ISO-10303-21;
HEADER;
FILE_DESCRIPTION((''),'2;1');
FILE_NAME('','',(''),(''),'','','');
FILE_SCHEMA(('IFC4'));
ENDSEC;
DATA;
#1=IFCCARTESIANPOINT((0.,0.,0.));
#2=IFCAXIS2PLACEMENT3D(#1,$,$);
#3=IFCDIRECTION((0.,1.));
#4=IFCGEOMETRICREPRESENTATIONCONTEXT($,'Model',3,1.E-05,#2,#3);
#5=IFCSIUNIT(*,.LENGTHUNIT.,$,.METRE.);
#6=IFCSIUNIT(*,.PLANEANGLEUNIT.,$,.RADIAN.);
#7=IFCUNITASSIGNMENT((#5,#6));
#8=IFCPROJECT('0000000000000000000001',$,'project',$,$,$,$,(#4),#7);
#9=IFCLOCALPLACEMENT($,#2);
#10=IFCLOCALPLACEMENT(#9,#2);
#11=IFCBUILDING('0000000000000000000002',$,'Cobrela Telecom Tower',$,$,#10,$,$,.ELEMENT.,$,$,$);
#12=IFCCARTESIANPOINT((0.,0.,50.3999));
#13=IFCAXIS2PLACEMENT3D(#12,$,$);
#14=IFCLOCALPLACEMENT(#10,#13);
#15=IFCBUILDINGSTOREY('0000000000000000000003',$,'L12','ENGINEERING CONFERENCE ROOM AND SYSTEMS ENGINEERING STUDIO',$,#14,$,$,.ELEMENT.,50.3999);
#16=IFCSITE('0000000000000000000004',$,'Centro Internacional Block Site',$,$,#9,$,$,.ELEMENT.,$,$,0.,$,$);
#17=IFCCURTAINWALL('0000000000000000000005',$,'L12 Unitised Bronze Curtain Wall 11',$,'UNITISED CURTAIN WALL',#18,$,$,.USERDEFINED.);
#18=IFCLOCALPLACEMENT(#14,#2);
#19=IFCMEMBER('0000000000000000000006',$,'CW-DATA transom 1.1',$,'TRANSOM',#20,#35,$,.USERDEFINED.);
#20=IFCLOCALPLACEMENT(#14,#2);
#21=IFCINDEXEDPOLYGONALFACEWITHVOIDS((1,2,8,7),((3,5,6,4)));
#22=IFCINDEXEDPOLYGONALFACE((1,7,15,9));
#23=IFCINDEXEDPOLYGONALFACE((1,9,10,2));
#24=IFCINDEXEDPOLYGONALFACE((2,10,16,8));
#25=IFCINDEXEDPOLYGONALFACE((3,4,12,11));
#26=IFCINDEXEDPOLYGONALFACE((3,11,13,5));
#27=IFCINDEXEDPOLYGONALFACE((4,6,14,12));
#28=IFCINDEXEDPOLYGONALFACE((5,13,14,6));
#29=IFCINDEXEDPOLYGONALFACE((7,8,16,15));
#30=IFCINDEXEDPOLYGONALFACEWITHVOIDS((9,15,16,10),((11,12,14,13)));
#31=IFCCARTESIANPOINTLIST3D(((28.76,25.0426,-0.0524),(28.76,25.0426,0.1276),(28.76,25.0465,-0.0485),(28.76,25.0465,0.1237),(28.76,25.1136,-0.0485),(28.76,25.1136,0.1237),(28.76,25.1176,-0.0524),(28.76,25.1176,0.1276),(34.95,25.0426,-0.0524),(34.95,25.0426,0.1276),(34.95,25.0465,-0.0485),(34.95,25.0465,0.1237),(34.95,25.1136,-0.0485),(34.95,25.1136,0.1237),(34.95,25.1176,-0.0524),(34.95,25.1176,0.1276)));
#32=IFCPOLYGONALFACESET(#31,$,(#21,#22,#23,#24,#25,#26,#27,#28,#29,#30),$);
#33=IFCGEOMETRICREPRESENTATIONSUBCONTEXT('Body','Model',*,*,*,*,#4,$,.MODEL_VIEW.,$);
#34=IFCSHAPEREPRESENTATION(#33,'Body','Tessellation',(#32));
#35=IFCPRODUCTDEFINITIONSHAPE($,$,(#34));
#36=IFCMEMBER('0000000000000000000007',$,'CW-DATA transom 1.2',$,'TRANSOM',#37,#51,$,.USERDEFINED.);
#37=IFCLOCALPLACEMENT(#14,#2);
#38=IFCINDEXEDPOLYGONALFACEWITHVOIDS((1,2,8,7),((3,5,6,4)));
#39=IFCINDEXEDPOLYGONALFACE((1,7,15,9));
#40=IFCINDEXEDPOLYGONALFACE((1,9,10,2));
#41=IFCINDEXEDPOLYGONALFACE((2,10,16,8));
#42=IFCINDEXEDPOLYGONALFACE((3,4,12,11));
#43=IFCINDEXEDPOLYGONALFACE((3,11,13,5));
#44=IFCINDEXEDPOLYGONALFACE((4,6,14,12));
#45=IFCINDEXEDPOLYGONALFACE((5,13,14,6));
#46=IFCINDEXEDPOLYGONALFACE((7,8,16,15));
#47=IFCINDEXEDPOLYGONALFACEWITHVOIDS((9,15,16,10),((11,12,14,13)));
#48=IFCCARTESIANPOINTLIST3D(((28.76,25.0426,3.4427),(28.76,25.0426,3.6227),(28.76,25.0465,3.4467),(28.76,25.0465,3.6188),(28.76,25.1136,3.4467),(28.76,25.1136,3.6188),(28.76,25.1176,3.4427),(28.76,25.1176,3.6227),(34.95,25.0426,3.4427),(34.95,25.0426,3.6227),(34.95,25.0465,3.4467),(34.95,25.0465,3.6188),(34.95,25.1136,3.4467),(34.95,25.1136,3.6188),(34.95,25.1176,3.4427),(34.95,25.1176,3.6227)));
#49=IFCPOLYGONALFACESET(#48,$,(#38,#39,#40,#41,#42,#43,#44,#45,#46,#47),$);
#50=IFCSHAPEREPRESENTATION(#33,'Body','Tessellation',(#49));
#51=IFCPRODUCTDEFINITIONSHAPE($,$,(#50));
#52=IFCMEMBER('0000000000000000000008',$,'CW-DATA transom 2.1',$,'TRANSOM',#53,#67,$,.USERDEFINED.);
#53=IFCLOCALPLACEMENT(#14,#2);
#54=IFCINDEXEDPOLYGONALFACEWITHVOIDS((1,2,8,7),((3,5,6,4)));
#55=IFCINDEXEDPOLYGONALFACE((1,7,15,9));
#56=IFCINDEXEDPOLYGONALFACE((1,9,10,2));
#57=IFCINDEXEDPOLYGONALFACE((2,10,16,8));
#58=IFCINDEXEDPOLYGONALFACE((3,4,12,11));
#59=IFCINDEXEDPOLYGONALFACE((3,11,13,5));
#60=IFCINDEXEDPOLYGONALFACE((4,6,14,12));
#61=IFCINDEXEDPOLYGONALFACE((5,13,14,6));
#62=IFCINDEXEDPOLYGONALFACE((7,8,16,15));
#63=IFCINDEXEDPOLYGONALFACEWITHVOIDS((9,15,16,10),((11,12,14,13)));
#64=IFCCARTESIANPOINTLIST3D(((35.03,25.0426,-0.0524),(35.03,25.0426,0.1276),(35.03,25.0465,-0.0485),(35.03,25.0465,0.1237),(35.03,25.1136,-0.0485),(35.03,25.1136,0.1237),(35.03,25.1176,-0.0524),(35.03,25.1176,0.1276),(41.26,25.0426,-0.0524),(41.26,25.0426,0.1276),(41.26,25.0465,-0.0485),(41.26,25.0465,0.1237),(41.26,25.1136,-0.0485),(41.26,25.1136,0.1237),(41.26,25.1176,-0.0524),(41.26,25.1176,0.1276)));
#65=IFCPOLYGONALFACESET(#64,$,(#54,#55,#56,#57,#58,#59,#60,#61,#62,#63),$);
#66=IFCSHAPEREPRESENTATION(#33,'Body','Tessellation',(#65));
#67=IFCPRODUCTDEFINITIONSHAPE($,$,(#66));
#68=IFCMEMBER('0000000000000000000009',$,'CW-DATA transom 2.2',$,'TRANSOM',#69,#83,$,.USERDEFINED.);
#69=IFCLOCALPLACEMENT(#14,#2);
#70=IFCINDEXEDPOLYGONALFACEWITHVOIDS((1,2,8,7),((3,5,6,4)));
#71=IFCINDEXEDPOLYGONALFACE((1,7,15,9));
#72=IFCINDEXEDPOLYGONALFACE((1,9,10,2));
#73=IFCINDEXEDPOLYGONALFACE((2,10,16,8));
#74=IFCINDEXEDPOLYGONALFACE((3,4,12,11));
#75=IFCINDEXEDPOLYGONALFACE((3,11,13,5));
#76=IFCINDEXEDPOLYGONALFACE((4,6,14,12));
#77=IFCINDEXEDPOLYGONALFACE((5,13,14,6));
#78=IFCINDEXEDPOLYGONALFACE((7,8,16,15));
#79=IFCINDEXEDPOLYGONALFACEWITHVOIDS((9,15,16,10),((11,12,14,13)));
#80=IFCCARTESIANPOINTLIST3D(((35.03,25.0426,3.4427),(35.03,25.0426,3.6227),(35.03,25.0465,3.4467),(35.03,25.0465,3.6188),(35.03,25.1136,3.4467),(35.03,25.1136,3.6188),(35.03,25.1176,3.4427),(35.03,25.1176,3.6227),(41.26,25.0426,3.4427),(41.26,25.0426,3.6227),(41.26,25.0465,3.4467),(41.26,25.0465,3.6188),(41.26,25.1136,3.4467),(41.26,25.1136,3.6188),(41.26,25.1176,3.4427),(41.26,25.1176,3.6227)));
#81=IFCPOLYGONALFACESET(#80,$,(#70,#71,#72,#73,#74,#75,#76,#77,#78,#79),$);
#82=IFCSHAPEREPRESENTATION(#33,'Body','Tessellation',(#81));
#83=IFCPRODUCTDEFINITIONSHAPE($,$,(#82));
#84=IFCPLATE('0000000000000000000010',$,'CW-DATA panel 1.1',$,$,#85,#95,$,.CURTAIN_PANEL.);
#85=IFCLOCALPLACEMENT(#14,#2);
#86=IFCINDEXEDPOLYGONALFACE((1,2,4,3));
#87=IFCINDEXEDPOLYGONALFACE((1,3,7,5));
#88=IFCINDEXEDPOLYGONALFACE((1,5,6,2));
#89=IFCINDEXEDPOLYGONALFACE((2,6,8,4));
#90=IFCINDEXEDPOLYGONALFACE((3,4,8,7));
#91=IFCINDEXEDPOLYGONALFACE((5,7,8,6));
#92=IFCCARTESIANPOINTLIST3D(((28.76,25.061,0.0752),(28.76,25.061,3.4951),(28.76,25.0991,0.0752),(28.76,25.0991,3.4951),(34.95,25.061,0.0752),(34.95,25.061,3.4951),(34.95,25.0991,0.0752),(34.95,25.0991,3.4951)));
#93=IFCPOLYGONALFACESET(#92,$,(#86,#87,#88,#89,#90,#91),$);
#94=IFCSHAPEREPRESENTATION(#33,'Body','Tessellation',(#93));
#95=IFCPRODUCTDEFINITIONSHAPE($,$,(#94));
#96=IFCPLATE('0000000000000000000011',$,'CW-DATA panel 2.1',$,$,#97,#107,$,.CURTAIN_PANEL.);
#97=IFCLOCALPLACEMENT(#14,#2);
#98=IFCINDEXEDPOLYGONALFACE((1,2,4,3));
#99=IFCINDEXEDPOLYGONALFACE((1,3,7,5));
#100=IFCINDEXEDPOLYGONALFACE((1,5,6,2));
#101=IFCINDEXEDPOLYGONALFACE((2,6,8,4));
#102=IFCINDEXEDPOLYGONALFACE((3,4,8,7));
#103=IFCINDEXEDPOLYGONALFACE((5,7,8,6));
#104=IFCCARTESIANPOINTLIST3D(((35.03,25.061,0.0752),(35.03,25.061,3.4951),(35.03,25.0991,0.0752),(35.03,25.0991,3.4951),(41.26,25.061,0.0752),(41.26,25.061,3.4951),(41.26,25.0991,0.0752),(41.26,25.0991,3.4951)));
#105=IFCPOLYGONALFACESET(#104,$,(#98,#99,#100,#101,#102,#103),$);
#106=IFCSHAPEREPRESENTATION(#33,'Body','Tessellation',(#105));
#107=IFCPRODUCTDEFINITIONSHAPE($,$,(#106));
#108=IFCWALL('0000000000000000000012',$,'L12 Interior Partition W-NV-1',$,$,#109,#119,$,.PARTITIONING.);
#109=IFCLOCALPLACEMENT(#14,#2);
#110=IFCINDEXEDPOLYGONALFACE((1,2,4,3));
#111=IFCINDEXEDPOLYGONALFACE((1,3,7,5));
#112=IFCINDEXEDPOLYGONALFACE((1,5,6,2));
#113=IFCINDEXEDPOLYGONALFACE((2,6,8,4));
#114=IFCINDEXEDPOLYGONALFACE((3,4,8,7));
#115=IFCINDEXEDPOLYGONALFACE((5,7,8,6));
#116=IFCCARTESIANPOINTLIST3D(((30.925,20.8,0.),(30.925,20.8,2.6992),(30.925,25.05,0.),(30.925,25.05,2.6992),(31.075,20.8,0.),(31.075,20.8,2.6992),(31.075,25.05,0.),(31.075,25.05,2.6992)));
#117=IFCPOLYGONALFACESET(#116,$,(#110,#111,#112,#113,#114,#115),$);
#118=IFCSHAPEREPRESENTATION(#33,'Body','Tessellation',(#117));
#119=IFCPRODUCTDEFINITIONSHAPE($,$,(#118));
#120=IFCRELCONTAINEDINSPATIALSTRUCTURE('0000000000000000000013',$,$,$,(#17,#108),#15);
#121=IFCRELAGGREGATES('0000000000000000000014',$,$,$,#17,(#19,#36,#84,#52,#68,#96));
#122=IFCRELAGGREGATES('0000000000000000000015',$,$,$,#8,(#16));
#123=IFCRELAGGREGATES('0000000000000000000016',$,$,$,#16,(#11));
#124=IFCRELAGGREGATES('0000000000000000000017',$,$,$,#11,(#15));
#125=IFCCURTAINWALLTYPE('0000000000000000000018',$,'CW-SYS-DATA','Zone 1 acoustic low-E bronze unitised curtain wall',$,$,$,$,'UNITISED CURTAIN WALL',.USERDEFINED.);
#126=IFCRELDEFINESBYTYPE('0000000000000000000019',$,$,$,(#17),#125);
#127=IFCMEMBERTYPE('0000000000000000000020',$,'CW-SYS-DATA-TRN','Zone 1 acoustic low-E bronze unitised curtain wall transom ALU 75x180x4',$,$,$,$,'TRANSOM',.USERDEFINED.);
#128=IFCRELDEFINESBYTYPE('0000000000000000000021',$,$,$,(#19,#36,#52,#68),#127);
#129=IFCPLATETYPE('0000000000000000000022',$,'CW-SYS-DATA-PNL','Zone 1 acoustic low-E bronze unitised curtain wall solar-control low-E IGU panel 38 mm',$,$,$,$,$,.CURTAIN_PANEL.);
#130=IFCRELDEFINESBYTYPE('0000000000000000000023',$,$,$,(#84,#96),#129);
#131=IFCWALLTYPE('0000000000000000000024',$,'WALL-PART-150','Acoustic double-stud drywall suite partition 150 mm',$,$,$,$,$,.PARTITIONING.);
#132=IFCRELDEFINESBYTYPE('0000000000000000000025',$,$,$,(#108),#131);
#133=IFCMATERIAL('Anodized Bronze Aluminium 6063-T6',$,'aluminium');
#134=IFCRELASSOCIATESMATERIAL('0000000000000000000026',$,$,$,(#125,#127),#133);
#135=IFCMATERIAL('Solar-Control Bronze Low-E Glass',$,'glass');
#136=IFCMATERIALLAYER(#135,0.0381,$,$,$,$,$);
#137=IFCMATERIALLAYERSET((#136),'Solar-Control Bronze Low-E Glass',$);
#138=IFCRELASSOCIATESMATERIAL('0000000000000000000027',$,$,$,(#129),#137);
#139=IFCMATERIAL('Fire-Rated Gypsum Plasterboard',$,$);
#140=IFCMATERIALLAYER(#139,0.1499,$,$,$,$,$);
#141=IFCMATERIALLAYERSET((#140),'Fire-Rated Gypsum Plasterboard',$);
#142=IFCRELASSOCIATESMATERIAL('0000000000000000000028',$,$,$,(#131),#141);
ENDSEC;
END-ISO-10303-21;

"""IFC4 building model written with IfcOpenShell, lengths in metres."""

from ifc_helpers import new_model, si_unit, direction, frame, frame_2d, origin, origin_2d, place, context, subcontext, project, spatial, rectangle, hollow_rectangle, extrude, material, layer, layer_set, material_profile, profile_set, type_object, element, aggregate, save


model = new_model("IFC4")

# Units and contexts
model_context = context("Model", 3, precision=1e-05, world=origin(), true_north=direction((0.0, 1.0)))
body_context = subcontext(model_context, "Body", "Model", "MODEL_VIEW")
ifc_project = project(units=[si_unit("LENGTHUNIT", "METRE"), si_unit("PLANEANGLEUNIT", "RADIAN")], contexts=[model_context])

# Site, building, storey
site_placement = place(None, origin())
site = spatial("IfcSite", under=ifc_project, at=site_placement, Name="Centro Internacional Block Site", CompositionType="ELEMENT", RefElevation=0.0)
building_placement = place(site_placement, origin())
building = spatial("IfcBuilding", under=site, at=building_placement, Name="Cobrela Telecom Tower", CompositionType="ELEMENT")
storey_placement = place(building_placement, frame((0.0, 0.0, 50.3999)))
storey = spatial("IfcBuildingStorey", under=building, at=storey_placement, Name="L12", Description="ENGINEERING CONFERENCE ROOM AND SYSTEMS ENGINEERING STUDIO", CompositionType="ELEMENT", Elevation=50.3999)

# Curtain wall, members, plates
ifc_material_1 = material(Name="Anodized Bronze Aluminium 6063-T6", Category="aluminium")
curtain_wall_type = type_object("IfcCurtainWallType", Name="CW-SYS-DATA", Description="Zone 1 acoustic low-E bronze unitised curtain wall", ElementType="UNITISED CURTAIN WALL", PredefinedType="USERDEFINED", material=ifc_material_1)
curtain_wall_placement = place(storey_placement, origin())
curtain_wall = element("IfcCurtainWall", 1, at=curtain_wall_placement, inside=storey, type_object=curtain_wall_type, Name="L12 Unitised Bronze Curtain Wall 11", ObjectType="UNITISED CURTAIN WALL", PredefinedType="USERDEFINED")
ifc_material_profile_1 = material_profile(ifc_material_1, hollow_rectangle(XDim=0.075, YDim=0.1799, WallThickness=0.0039, at=origin_2d()), Name="ALU 75x180x4")
ifc_profile_set_1 = profile_set([ifc_material_profile_1], Name="Anodized Bronze Aluminium 6063-T6")
member_type_1 = type_object("IfcMemberType", Name="CW-SYS-DATA-TRN", Description="Zone 1 acoustic low-E bronze unitised curtain wall transom ALU 75x180x4", ElementType="TRANSOM", PredefinedType="USERDEFINED", material=ifc_profile_set_1)
member_1_placement = place(storey_placement, frame((28.76, 25.0801, 0.0376), z_axis=(1.0, 0.0, 0.0), x_axis=(0.0, 1.0, 0.0)))
member_1 = element("IfcMember", 2, at=member_1_placement, type_object=member_type_1, Name="CW-DATA transom 1.1", ObjectType="TRANSOM", PredefinedType="USERDEFINED", context=body_context, shape_type="SweptSolid", body=[
    extrude(hollow_rectangle(XDim=0.075, YDim=0.1799, WallThickness=0.0039, at=origin_2d()), origin(), (0.0, 0.0, 1.0), 6.1899),
])
member_2_placement = place(storey_placement, frame((28.76, 25.0801, 3.5327), z_axis=(1.0, 0.0, 0.0), x_axis=(0.0, 1.0, 0.0)))
member_2 = element("IfcMember", 3, at=member_2_placement, type_object=member_type_1, Name="CW-DATA transom 1.2", ObjectType="TRANSOM", PredefinedType="USERDEFINED", context=body_context, shape_type="SweptSolid", body=[
    extrude(hollow_rectangle(XDim=0.075, YDim=0.1799, WallThickness=0.0039, at=origin_2d()), origin(), (0.0, 0.0, 1.0), 6.1899),
])
member_3_placement = place(storey_placement, frame((35.03, 25.0801, 0.0376), z_axis=(1.0, 0.0, 0.0), x_axis=(0.0, 1.0, 0.0)))
member_3 = element("IfcMember", 4, at=member_3_placement, type_object=member_type_1, Name="CW-DATA transom 2.1", ObjectType="TRANSOM", PredefinedType="USERDEFINED", context=body_context, shape_type="SweptSolid", body=[
    extrude(hollow_rectangle(XDim=0.075, YDim=0.1799, WallThickness=0.0039, at=origin_2d()), origin(), (0.0, 0.0, 1.0), 6.23),
])
member_4_placement = place(storey_placement, frame((35.03, 25.0801, 3.5327), z_axis=(1.0, 0.0, 0.0), x_axis=(0.0, 1.0, 0.0)))
member_4 = element("IfcMember", 5, at=member_4_placement, type_object=member_type_1, Name="CW-DATA transom 2.2", ObjectType="TRANSOM", PredefinedType="USERDEFINED", context=body_context, shape_type="SweptSolid", body=[
    extrude(hollow_rectangle(XDim=0.075, YDim=0.1799, WallThickness=0.0039, at=origin_2d()), origin(), (0.0, 0.0, 1.0), 6.23),
])
ifc_material_2 = material(Name="Solar-Control Bronze Low-E Glass", Category="glass")
ifc_layer_1 = layer(ifc_material_2, 0.0381)
ifc_layer_set_1 = layer_set([ifc_layer_1], Name="Solar-Control Bronze Low-E Glass")
plate_type = type_object("IfcPlateType", Name="CW-SYS-DATA-PNL", Description="Zone 1 acoustic low-E bronze unitised curtain wall solar-control low-E IGU panel 38 mm", PredefinedType="CURTAIN_PANEL", material=ifc_layer_set_1)
plate_1_placement = place(storey_placement, frame((31.855, 25.0801, 0.0752), z_axis=(0.0, 0.0, 1.0), x_axis=(1.0, 0.0, 0.0)))
plate_1 = element("IfcPlate", 6, at=plate_1_placement, type_object=plate_type, Name="CW-DATA panel 1.1", PredefinedType="CURTAIN_PANEL", context=body_context, shape_type="SweptSolid", body=[
    extrude(rectangle(XDim=6.1899, YDim=0.0381, at=origin_2d()), origin(), (0.0, 0.0, 1.0), 3.4199),
])
plate_2_placement = place(storey_placement, frame((38.145, 25.0801, 0.0752), z_axis=(0.0, 0.0, 1.0), x_axis=(1.0, 0.0, 0.0)))
plate_2 = element("IfcPlate", 7, at=plate_2_placement, type_object=plate_type, Name="CW-DATA panel 2.1", PredefinedType="CURTAIN_PANEL", context=body_context, shape_type="SweptSolid", body=[
    extrude(rectangle(XDim=6.23, YDim=0.0381, at=origin_2d()), origin(), (0.0, 0.0, 1.0), 3.4199),
])
aggregate(curtain_wall, [member_1, member_2, plate_1, member_3, member_4, plate_2])

# Wall
ifc_material_3 = material(Name="Fire-Rated Gypsum Plasterboard")
ifc_layer_2 = layer(ifc_material_3, 0.1499)
ifc_layer_set_2 = layer_set([ifc_layer_2], Name="Fire-Rated Gypsum Plasterboard")
wall_type = type_object("IfcWallType", Name="WALL-PART-150", Description="Acoustic double-stud drywall suite partition 150 mm", PredefinedType="PARTITIONING", material=ifc_layer_set_2)
wall_placement = place(storey_placement, frame((31.0, 20.8, 0.0), z_axis=(0.0, 0.0, 1.0), x_axis=(0.0, 1.0, 0.0)))
element("IfcWall", 8, at=wall_placement, inside=storey, type_object=wall_type, Name="L12 Interior Partition W-NV-1", PredefinedType="PARTITIONING", context=body_context, shape_type="SweptSolid", body=[
    extrude(rectangle(XDim=4.25, YDim=0.1499, at=frame_2d((2.125, 0.0))), origin(), (0.0, 0.0, 1.0), 2.6992),
])

save(model, "model.ifc")
